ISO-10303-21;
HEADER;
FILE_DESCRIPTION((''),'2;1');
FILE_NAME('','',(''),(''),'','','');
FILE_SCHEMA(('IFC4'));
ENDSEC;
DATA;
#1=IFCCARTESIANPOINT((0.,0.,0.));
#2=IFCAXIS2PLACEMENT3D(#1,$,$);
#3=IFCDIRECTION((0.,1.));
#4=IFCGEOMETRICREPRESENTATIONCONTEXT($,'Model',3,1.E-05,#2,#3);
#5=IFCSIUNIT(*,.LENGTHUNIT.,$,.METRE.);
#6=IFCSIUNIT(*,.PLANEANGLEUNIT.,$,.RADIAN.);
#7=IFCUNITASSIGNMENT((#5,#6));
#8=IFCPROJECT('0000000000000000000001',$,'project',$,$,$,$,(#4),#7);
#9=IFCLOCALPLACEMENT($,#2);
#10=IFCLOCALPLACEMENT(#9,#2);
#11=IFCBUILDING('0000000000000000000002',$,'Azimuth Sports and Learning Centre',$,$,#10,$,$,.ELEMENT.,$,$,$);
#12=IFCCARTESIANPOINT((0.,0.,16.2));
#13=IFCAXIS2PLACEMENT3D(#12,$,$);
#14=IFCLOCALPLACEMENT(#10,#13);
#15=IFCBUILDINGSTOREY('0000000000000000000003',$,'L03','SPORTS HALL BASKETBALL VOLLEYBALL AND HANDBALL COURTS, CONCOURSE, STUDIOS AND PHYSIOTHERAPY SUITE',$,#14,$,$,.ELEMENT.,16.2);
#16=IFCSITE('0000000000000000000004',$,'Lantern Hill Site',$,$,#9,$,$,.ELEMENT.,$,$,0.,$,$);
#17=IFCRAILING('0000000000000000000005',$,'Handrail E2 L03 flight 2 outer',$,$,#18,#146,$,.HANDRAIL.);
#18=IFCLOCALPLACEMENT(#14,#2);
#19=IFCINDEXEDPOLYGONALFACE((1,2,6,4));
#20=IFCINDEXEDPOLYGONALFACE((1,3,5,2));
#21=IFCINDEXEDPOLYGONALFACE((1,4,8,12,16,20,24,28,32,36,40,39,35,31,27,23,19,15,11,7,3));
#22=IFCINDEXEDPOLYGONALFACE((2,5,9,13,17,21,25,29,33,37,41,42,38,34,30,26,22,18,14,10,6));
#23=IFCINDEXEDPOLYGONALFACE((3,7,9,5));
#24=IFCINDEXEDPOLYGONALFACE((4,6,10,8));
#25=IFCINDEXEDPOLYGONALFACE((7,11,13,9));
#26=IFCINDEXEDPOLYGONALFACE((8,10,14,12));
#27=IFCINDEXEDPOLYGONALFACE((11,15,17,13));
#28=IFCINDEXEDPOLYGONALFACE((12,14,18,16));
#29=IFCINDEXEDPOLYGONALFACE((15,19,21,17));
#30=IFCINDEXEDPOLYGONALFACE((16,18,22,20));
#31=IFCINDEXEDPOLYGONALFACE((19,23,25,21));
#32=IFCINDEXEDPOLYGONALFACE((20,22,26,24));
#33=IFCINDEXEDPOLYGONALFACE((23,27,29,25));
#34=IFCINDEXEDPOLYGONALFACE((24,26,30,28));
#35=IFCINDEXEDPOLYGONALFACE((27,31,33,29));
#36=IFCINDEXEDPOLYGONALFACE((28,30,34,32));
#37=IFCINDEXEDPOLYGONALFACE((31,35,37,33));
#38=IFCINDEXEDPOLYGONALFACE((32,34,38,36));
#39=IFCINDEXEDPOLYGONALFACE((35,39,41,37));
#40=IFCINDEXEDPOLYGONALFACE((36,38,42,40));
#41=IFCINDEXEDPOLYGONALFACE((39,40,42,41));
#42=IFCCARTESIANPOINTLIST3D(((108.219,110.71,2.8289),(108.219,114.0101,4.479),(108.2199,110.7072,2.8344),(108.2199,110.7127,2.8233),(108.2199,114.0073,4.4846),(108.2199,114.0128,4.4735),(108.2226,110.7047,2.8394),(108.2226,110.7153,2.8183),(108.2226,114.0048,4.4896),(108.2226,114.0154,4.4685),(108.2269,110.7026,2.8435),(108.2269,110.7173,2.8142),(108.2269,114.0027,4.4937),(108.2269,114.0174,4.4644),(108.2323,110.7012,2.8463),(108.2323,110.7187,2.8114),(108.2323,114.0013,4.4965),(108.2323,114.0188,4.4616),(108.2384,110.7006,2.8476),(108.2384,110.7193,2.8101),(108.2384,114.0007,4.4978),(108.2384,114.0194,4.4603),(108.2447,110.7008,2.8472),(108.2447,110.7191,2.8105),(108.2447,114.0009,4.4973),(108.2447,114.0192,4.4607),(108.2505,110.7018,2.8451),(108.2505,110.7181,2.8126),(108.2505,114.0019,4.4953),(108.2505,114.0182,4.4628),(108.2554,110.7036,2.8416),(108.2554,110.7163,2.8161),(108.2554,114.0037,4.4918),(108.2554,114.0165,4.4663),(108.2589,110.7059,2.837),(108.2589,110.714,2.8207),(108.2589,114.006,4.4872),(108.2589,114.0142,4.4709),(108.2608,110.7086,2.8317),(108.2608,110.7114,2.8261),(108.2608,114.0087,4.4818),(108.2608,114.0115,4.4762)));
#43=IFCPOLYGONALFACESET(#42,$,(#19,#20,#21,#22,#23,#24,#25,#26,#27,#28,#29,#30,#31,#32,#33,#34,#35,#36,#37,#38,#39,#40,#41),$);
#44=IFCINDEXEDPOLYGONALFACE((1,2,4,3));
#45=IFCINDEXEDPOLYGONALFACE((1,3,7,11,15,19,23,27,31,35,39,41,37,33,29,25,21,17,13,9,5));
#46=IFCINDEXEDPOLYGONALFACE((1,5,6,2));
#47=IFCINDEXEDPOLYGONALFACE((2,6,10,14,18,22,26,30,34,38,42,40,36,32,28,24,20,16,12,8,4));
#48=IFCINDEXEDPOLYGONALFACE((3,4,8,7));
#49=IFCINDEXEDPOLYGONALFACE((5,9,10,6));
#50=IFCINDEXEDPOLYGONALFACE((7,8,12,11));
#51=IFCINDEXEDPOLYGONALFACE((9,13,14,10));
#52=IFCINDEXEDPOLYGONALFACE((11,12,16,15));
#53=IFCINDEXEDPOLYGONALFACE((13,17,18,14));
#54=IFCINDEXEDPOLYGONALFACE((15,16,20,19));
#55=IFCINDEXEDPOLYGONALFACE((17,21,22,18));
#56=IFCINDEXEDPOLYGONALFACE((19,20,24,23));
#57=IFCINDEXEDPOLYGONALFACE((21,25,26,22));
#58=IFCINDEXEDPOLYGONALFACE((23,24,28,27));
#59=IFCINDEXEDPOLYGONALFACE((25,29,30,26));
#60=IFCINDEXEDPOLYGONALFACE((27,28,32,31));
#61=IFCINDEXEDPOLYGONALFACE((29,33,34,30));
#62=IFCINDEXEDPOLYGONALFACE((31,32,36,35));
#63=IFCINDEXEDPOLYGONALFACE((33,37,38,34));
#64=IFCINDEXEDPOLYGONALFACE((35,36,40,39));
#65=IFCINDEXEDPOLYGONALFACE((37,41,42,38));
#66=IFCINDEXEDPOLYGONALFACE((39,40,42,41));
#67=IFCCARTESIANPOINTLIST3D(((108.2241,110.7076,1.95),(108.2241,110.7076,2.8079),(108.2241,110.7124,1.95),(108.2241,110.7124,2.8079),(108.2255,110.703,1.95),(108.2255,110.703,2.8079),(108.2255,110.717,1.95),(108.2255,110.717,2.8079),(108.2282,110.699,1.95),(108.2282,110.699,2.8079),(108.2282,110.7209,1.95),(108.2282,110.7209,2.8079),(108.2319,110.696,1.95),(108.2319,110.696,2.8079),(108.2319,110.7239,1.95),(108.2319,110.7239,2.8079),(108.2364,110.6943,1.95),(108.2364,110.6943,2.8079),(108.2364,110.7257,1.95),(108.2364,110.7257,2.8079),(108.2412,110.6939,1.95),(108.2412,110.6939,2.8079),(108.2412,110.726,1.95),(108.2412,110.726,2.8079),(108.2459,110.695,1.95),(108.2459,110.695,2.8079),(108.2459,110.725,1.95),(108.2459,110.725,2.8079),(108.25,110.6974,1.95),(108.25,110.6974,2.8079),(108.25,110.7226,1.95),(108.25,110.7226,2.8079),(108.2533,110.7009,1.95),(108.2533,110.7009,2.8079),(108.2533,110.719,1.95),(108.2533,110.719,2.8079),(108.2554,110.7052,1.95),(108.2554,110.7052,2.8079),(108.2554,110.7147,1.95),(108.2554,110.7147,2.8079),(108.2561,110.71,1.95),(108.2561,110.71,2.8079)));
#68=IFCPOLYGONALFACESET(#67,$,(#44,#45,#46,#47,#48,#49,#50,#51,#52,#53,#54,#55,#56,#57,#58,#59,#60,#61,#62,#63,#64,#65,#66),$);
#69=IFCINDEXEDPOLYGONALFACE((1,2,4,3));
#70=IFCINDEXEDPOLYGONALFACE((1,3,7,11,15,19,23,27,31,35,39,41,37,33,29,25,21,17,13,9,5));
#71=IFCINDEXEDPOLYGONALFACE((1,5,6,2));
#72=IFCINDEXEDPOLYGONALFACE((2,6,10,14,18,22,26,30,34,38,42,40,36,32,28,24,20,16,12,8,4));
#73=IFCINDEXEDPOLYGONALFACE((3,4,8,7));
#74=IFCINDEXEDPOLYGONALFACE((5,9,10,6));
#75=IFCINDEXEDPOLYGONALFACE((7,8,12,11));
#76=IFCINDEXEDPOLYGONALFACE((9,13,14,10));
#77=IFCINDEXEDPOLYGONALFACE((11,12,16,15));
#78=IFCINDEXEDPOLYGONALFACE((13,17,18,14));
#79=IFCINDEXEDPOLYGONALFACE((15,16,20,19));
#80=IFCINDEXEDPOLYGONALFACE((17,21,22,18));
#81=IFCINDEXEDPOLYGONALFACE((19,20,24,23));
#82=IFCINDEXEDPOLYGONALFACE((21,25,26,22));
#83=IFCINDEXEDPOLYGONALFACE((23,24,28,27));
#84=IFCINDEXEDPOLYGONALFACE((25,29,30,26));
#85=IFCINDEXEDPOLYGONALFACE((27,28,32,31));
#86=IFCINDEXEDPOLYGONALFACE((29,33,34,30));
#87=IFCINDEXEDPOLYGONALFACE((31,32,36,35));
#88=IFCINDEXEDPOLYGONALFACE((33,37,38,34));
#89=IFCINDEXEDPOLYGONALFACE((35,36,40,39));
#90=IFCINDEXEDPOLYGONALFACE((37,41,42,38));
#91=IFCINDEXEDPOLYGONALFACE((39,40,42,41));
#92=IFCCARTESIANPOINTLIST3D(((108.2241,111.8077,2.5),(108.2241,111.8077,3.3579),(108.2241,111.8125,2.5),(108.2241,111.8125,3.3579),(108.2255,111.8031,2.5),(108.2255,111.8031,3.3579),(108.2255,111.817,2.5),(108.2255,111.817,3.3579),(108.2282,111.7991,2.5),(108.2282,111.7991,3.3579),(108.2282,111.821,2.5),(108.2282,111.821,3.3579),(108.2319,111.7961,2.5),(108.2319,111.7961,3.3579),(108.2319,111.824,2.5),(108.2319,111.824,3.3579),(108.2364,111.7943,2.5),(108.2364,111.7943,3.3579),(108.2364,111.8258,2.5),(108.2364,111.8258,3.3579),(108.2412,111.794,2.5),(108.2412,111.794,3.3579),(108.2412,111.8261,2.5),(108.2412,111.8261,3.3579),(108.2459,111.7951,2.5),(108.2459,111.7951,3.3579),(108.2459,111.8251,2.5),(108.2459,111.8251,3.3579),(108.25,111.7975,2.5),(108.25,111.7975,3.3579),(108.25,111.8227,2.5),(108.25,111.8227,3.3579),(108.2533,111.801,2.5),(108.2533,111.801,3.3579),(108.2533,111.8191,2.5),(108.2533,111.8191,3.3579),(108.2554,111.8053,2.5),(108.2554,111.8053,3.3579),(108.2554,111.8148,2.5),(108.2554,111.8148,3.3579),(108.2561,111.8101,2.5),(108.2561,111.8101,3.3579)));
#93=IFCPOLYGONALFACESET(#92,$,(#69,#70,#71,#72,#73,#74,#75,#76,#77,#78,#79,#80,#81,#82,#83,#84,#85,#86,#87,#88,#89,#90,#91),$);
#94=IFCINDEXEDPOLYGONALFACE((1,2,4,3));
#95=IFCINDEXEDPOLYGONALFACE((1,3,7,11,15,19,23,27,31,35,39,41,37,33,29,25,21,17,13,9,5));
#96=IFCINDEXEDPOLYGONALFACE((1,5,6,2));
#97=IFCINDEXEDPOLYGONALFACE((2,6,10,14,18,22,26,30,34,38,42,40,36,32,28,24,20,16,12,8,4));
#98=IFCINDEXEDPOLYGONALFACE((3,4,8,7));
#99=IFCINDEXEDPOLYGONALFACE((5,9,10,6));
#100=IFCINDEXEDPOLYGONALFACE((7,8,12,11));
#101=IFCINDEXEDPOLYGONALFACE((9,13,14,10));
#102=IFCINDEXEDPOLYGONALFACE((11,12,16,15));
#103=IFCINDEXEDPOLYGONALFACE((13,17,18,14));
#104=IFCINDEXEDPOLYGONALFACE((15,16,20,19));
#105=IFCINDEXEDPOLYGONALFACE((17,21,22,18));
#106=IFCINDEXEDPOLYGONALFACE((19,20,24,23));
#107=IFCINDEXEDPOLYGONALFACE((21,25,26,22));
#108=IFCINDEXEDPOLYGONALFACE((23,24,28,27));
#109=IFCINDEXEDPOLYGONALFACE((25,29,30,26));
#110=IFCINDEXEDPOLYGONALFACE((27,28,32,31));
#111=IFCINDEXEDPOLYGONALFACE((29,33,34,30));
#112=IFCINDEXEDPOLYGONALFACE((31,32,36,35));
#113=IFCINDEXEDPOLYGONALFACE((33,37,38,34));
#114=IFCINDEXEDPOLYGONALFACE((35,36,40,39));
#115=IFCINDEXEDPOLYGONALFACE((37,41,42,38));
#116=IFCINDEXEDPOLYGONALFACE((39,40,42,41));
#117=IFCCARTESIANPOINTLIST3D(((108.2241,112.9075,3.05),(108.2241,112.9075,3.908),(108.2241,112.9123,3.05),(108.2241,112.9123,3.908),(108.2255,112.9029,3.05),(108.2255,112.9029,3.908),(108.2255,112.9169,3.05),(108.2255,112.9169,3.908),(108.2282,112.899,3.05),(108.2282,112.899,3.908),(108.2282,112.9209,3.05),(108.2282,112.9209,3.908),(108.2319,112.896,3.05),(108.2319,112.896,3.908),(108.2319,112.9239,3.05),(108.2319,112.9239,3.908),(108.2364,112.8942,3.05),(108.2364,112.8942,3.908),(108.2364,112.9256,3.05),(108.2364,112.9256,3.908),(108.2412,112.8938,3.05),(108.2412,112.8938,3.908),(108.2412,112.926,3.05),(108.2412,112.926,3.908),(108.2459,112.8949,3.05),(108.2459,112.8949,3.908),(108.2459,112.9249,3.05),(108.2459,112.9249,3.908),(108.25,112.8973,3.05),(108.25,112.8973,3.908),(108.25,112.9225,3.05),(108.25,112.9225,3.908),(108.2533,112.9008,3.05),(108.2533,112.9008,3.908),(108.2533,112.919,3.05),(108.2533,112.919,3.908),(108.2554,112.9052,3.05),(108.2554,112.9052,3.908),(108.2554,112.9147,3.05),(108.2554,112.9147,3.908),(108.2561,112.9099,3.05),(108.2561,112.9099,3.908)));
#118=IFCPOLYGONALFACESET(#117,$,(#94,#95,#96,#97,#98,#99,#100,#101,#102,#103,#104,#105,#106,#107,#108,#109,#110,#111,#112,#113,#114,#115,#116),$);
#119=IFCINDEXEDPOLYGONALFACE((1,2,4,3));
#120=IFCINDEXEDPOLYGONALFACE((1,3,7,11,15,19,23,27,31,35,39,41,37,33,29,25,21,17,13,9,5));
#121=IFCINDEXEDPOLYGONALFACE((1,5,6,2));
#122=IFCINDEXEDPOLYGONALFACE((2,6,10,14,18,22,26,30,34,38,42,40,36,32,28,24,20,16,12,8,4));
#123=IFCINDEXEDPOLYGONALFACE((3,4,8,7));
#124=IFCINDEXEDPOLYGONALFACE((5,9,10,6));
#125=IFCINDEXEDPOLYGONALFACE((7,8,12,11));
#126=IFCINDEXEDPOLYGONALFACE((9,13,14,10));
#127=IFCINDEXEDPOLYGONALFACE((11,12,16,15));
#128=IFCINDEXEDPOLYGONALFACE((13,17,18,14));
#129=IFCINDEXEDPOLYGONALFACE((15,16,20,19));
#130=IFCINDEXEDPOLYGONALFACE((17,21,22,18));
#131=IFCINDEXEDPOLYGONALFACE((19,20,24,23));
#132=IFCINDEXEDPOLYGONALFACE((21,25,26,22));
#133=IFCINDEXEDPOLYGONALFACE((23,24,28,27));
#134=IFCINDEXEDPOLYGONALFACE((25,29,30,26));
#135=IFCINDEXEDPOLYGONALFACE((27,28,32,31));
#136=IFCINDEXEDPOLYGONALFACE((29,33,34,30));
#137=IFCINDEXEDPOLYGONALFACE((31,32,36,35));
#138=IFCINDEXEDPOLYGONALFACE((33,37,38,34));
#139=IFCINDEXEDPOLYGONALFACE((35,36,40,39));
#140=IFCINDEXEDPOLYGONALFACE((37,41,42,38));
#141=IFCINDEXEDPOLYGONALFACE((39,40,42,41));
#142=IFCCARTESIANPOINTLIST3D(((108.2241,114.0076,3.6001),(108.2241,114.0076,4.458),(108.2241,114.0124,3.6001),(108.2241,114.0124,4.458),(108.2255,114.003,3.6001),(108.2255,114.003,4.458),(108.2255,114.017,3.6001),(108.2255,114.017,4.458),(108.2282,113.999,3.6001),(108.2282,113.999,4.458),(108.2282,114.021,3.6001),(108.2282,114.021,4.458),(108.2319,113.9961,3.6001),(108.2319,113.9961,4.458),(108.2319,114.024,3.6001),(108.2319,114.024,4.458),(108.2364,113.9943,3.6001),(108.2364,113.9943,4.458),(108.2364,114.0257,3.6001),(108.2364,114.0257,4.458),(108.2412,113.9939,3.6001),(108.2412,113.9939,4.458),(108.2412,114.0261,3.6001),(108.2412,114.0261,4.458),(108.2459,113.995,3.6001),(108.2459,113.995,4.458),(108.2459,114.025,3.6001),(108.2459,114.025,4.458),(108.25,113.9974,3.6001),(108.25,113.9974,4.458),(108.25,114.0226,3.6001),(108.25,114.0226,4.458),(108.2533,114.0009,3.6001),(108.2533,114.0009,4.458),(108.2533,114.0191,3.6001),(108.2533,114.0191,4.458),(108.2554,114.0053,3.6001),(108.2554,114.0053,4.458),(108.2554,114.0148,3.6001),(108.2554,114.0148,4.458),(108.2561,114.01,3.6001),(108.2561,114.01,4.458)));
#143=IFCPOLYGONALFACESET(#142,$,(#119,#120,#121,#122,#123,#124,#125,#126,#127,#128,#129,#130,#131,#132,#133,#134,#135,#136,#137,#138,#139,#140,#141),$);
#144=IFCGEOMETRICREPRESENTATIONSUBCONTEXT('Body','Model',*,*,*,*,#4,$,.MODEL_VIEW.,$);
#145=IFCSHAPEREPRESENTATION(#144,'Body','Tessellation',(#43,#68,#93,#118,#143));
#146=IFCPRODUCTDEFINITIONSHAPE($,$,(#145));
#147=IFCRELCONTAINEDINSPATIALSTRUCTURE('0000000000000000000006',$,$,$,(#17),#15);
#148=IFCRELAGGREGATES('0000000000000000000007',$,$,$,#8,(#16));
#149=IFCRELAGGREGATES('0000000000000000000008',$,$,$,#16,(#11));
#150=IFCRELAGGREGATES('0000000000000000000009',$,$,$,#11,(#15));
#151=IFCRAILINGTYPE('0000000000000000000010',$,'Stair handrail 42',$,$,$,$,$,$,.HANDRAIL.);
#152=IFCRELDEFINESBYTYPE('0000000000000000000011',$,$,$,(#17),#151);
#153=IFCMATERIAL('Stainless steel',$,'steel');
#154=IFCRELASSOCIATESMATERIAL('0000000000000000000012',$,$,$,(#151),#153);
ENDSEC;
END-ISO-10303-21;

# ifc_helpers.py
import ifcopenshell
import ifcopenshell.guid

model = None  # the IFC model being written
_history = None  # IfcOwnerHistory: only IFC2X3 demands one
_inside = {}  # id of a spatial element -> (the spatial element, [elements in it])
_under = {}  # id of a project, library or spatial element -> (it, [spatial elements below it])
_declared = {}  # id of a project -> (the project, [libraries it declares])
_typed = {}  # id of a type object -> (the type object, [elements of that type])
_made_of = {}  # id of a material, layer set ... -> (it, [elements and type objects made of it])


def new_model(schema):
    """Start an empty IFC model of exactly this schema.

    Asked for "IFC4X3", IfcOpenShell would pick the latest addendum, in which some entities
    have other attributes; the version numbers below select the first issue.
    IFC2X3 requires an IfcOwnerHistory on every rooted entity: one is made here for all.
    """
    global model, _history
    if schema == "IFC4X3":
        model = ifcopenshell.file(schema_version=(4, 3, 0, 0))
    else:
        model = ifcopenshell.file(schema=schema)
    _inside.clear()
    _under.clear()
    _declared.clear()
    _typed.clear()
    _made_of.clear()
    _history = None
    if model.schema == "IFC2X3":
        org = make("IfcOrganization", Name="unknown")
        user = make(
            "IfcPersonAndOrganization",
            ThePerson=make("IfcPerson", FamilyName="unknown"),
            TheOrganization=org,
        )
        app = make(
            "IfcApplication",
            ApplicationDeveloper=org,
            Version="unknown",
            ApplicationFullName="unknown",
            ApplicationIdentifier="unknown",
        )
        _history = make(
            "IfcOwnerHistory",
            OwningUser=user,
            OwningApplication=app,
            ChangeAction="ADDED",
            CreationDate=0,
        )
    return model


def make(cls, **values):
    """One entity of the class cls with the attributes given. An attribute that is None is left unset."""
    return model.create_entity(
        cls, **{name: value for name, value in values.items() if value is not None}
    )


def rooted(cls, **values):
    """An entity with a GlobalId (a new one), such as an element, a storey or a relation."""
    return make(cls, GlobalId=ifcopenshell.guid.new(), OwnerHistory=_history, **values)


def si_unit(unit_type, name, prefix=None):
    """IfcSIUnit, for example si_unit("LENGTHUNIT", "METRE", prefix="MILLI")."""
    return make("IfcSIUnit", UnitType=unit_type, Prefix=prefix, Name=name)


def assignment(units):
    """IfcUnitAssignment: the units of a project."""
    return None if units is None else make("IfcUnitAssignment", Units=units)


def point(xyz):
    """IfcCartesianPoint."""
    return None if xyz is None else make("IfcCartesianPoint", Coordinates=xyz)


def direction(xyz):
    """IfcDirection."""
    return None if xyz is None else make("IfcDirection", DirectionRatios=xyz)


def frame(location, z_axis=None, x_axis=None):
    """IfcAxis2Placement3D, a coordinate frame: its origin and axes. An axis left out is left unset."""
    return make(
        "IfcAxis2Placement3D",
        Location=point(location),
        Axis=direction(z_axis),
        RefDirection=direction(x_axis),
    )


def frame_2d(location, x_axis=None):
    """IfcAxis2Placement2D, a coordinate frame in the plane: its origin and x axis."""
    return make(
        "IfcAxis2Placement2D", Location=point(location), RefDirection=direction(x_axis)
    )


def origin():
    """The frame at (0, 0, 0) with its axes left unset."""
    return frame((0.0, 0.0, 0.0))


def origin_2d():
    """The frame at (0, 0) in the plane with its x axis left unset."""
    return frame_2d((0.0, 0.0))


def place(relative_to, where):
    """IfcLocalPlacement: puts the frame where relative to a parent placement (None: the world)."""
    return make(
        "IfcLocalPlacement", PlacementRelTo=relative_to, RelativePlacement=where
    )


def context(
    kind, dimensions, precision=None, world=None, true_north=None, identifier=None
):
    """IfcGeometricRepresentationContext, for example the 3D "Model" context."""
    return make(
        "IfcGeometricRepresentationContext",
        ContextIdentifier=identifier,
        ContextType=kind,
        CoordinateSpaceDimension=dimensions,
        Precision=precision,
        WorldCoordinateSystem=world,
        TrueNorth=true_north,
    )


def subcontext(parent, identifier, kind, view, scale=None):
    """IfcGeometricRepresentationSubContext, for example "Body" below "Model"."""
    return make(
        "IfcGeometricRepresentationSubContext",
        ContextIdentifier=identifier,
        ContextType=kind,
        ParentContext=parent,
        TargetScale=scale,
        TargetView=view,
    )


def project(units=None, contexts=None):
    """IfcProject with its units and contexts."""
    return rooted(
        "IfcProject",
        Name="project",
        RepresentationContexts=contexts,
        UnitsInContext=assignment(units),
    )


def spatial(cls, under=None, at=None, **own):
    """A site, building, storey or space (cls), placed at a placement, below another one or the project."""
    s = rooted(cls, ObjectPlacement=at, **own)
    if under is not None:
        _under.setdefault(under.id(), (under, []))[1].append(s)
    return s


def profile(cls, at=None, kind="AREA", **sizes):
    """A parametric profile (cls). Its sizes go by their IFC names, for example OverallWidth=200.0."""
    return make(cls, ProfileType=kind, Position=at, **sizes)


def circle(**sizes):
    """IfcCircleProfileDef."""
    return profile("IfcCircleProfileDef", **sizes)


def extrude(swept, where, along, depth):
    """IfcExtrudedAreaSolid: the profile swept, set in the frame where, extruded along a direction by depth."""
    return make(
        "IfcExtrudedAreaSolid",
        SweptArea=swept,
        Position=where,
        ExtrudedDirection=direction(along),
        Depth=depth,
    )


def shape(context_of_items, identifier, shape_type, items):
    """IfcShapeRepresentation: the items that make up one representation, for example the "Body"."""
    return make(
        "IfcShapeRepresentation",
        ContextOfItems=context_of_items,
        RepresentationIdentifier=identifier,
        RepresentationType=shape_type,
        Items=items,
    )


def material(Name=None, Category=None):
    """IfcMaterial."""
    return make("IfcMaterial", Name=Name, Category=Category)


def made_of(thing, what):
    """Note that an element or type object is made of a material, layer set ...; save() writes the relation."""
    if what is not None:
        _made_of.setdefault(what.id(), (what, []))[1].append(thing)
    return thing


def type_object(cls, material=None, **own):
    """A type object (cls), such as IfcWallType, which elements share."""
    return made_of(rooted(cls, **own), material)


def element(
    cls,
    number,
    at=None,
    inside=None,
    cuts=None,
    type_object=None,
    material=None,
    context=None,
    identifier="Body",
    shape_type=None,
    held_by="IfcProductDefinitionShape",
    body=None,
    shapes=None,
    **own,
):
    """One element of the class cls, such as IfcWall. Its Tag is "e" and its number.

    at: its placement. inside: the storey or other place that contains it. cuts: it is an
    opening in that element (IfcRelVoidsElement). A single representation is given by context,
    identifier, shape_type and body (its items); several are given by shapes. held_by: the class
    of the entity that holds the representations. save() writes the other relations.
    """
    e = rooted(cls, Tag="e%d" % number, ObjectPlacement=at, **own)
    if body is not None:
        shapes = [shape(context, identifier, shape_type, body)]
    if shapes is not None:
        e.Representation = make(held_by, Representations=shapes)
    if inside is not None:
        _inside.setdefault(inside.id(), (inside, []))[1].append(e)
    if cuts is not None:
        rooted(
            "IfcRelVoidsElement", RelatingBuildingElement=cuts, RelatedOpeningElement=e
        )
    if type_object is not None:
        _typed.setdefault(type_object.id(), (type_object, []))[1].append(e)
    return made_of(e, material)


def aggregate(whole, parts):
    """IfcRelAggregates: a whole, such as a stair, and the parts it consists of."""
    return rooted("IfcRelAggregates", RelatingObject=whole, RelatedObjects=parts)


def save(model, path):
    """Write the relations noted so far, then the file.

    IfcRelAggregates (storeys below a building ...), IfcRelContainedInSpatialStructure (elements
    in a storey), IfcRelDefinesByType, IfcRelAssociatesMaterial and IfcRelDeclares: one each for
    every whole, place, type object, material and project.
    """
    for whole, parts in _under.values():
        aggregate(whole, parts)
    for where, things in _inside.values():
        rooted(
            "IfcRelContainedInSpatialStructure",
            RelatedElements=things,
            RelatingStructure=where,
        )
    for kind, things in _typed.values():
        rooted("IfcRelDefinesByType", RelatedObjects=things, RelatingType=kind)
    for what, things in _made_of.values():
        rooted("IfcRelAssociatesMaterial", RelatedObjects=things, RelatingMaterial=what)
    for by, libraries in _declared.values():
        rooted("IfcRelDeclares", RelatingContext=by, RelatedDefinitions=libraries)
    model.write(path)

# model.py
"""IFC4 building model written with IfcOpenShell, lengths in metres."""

from ifc_helpers import new_model, si_unit, direction, frame, origin, origin_2d, place, context, subcontext, project, spatial, circle, extrude, material, type_object, element, save


model = new_model("IFC4")

# Units and contexts
model_context = context("Model", 3, precision=1e-05, world=origin(), true_north=direction((0.0, 1.0)))
body_context = subcontext(model_context, "Body", "Model", "MODEL_VIEW")
ifc_project = project(units=[si_unit("LENGTHUNIT", "METRE"), si_unit("PLANEANGLEUNIT", "RADIAN")], contexts=[model_context])

# Site, building, storey
site_placement = place(None, origin())
site = spatial("IfcSite", under=ifc_project, at=site_placement, Name="Lantern Hill Site", CompositionType="ELEMENT", RefElevation=0.0)
building_placement = place(site_placement, origin())
building = spatial("IfcBuilding", under=site, at=building_placement, Name="Azimuth Sports and Learning Centre", CompositionType="ELEMENT")
storey_placement = place(building_placement, frame((0.0, 0.0, 16.2)))
storey = spatial("IfcBuildingStorey", under=building, at=storey_placement, Name="L03", Description="SPORTS HALL BASKETBALL VOLLEYBALL AND HANDBALL COURTS, CONCOURSE, STUDIOS AND PHYSIOTHERAPY SUITE", CompositionType="ELEMENT", Elevation=16.2)

# Railing
ifc_material_1 = material(Name="Stainless steel", Category="steel")
railing_type = type_object("IfcRailingType", Name="Stair handrail 42", PredefinedType="HANDRAIL", material=ifc_material_1)
for number, where, name in (
    (1, (108.24, 110.71, 1.95), "Handrail E2 L03 flight 2 outer"),
):
    element("IfcRailing", number, at=place(storey_placement, frame(where)), inside=storey, type_object=railing_type, Name=name, PredefinedType="HANDRAIL", context=body_context, shape_type="SweptSolid", body=[
        extrude(circle(Radius=0.021, at=origin_2d()), frame((0.0, 0.0, 0.8789), z_axis=(0.0, 0.894414, 0.44724), x_axis=(-1.0, 0.0, 0.0)), (0.0, 0.0, 1.0), 3.6897),
        extrude(circle(Radius=0.0161, at=origin_2d()), origin(), (0.0, 0.0, 1.0), 0.8579),
        extrude(circle(Radius=0.0161, at=origin_2d()), frame((0.0, 1.1001, 0.55)), (0.0, 0.0, 1.0), 0.8579),
        extrude(circle(Radius=0.0161, at=origin_2d()), frame((0.0, 2.2, 1.1001)), (0.0, 0.0, 1.0), 0.8579),
        extrude(circle(Radius=0.0161, at=origin_2d()), frame((0.0, 3.3, 1.6501)), (0.0, 0.0, 1.0), 0.8579),
    ])

save(model, "model.ifc")
